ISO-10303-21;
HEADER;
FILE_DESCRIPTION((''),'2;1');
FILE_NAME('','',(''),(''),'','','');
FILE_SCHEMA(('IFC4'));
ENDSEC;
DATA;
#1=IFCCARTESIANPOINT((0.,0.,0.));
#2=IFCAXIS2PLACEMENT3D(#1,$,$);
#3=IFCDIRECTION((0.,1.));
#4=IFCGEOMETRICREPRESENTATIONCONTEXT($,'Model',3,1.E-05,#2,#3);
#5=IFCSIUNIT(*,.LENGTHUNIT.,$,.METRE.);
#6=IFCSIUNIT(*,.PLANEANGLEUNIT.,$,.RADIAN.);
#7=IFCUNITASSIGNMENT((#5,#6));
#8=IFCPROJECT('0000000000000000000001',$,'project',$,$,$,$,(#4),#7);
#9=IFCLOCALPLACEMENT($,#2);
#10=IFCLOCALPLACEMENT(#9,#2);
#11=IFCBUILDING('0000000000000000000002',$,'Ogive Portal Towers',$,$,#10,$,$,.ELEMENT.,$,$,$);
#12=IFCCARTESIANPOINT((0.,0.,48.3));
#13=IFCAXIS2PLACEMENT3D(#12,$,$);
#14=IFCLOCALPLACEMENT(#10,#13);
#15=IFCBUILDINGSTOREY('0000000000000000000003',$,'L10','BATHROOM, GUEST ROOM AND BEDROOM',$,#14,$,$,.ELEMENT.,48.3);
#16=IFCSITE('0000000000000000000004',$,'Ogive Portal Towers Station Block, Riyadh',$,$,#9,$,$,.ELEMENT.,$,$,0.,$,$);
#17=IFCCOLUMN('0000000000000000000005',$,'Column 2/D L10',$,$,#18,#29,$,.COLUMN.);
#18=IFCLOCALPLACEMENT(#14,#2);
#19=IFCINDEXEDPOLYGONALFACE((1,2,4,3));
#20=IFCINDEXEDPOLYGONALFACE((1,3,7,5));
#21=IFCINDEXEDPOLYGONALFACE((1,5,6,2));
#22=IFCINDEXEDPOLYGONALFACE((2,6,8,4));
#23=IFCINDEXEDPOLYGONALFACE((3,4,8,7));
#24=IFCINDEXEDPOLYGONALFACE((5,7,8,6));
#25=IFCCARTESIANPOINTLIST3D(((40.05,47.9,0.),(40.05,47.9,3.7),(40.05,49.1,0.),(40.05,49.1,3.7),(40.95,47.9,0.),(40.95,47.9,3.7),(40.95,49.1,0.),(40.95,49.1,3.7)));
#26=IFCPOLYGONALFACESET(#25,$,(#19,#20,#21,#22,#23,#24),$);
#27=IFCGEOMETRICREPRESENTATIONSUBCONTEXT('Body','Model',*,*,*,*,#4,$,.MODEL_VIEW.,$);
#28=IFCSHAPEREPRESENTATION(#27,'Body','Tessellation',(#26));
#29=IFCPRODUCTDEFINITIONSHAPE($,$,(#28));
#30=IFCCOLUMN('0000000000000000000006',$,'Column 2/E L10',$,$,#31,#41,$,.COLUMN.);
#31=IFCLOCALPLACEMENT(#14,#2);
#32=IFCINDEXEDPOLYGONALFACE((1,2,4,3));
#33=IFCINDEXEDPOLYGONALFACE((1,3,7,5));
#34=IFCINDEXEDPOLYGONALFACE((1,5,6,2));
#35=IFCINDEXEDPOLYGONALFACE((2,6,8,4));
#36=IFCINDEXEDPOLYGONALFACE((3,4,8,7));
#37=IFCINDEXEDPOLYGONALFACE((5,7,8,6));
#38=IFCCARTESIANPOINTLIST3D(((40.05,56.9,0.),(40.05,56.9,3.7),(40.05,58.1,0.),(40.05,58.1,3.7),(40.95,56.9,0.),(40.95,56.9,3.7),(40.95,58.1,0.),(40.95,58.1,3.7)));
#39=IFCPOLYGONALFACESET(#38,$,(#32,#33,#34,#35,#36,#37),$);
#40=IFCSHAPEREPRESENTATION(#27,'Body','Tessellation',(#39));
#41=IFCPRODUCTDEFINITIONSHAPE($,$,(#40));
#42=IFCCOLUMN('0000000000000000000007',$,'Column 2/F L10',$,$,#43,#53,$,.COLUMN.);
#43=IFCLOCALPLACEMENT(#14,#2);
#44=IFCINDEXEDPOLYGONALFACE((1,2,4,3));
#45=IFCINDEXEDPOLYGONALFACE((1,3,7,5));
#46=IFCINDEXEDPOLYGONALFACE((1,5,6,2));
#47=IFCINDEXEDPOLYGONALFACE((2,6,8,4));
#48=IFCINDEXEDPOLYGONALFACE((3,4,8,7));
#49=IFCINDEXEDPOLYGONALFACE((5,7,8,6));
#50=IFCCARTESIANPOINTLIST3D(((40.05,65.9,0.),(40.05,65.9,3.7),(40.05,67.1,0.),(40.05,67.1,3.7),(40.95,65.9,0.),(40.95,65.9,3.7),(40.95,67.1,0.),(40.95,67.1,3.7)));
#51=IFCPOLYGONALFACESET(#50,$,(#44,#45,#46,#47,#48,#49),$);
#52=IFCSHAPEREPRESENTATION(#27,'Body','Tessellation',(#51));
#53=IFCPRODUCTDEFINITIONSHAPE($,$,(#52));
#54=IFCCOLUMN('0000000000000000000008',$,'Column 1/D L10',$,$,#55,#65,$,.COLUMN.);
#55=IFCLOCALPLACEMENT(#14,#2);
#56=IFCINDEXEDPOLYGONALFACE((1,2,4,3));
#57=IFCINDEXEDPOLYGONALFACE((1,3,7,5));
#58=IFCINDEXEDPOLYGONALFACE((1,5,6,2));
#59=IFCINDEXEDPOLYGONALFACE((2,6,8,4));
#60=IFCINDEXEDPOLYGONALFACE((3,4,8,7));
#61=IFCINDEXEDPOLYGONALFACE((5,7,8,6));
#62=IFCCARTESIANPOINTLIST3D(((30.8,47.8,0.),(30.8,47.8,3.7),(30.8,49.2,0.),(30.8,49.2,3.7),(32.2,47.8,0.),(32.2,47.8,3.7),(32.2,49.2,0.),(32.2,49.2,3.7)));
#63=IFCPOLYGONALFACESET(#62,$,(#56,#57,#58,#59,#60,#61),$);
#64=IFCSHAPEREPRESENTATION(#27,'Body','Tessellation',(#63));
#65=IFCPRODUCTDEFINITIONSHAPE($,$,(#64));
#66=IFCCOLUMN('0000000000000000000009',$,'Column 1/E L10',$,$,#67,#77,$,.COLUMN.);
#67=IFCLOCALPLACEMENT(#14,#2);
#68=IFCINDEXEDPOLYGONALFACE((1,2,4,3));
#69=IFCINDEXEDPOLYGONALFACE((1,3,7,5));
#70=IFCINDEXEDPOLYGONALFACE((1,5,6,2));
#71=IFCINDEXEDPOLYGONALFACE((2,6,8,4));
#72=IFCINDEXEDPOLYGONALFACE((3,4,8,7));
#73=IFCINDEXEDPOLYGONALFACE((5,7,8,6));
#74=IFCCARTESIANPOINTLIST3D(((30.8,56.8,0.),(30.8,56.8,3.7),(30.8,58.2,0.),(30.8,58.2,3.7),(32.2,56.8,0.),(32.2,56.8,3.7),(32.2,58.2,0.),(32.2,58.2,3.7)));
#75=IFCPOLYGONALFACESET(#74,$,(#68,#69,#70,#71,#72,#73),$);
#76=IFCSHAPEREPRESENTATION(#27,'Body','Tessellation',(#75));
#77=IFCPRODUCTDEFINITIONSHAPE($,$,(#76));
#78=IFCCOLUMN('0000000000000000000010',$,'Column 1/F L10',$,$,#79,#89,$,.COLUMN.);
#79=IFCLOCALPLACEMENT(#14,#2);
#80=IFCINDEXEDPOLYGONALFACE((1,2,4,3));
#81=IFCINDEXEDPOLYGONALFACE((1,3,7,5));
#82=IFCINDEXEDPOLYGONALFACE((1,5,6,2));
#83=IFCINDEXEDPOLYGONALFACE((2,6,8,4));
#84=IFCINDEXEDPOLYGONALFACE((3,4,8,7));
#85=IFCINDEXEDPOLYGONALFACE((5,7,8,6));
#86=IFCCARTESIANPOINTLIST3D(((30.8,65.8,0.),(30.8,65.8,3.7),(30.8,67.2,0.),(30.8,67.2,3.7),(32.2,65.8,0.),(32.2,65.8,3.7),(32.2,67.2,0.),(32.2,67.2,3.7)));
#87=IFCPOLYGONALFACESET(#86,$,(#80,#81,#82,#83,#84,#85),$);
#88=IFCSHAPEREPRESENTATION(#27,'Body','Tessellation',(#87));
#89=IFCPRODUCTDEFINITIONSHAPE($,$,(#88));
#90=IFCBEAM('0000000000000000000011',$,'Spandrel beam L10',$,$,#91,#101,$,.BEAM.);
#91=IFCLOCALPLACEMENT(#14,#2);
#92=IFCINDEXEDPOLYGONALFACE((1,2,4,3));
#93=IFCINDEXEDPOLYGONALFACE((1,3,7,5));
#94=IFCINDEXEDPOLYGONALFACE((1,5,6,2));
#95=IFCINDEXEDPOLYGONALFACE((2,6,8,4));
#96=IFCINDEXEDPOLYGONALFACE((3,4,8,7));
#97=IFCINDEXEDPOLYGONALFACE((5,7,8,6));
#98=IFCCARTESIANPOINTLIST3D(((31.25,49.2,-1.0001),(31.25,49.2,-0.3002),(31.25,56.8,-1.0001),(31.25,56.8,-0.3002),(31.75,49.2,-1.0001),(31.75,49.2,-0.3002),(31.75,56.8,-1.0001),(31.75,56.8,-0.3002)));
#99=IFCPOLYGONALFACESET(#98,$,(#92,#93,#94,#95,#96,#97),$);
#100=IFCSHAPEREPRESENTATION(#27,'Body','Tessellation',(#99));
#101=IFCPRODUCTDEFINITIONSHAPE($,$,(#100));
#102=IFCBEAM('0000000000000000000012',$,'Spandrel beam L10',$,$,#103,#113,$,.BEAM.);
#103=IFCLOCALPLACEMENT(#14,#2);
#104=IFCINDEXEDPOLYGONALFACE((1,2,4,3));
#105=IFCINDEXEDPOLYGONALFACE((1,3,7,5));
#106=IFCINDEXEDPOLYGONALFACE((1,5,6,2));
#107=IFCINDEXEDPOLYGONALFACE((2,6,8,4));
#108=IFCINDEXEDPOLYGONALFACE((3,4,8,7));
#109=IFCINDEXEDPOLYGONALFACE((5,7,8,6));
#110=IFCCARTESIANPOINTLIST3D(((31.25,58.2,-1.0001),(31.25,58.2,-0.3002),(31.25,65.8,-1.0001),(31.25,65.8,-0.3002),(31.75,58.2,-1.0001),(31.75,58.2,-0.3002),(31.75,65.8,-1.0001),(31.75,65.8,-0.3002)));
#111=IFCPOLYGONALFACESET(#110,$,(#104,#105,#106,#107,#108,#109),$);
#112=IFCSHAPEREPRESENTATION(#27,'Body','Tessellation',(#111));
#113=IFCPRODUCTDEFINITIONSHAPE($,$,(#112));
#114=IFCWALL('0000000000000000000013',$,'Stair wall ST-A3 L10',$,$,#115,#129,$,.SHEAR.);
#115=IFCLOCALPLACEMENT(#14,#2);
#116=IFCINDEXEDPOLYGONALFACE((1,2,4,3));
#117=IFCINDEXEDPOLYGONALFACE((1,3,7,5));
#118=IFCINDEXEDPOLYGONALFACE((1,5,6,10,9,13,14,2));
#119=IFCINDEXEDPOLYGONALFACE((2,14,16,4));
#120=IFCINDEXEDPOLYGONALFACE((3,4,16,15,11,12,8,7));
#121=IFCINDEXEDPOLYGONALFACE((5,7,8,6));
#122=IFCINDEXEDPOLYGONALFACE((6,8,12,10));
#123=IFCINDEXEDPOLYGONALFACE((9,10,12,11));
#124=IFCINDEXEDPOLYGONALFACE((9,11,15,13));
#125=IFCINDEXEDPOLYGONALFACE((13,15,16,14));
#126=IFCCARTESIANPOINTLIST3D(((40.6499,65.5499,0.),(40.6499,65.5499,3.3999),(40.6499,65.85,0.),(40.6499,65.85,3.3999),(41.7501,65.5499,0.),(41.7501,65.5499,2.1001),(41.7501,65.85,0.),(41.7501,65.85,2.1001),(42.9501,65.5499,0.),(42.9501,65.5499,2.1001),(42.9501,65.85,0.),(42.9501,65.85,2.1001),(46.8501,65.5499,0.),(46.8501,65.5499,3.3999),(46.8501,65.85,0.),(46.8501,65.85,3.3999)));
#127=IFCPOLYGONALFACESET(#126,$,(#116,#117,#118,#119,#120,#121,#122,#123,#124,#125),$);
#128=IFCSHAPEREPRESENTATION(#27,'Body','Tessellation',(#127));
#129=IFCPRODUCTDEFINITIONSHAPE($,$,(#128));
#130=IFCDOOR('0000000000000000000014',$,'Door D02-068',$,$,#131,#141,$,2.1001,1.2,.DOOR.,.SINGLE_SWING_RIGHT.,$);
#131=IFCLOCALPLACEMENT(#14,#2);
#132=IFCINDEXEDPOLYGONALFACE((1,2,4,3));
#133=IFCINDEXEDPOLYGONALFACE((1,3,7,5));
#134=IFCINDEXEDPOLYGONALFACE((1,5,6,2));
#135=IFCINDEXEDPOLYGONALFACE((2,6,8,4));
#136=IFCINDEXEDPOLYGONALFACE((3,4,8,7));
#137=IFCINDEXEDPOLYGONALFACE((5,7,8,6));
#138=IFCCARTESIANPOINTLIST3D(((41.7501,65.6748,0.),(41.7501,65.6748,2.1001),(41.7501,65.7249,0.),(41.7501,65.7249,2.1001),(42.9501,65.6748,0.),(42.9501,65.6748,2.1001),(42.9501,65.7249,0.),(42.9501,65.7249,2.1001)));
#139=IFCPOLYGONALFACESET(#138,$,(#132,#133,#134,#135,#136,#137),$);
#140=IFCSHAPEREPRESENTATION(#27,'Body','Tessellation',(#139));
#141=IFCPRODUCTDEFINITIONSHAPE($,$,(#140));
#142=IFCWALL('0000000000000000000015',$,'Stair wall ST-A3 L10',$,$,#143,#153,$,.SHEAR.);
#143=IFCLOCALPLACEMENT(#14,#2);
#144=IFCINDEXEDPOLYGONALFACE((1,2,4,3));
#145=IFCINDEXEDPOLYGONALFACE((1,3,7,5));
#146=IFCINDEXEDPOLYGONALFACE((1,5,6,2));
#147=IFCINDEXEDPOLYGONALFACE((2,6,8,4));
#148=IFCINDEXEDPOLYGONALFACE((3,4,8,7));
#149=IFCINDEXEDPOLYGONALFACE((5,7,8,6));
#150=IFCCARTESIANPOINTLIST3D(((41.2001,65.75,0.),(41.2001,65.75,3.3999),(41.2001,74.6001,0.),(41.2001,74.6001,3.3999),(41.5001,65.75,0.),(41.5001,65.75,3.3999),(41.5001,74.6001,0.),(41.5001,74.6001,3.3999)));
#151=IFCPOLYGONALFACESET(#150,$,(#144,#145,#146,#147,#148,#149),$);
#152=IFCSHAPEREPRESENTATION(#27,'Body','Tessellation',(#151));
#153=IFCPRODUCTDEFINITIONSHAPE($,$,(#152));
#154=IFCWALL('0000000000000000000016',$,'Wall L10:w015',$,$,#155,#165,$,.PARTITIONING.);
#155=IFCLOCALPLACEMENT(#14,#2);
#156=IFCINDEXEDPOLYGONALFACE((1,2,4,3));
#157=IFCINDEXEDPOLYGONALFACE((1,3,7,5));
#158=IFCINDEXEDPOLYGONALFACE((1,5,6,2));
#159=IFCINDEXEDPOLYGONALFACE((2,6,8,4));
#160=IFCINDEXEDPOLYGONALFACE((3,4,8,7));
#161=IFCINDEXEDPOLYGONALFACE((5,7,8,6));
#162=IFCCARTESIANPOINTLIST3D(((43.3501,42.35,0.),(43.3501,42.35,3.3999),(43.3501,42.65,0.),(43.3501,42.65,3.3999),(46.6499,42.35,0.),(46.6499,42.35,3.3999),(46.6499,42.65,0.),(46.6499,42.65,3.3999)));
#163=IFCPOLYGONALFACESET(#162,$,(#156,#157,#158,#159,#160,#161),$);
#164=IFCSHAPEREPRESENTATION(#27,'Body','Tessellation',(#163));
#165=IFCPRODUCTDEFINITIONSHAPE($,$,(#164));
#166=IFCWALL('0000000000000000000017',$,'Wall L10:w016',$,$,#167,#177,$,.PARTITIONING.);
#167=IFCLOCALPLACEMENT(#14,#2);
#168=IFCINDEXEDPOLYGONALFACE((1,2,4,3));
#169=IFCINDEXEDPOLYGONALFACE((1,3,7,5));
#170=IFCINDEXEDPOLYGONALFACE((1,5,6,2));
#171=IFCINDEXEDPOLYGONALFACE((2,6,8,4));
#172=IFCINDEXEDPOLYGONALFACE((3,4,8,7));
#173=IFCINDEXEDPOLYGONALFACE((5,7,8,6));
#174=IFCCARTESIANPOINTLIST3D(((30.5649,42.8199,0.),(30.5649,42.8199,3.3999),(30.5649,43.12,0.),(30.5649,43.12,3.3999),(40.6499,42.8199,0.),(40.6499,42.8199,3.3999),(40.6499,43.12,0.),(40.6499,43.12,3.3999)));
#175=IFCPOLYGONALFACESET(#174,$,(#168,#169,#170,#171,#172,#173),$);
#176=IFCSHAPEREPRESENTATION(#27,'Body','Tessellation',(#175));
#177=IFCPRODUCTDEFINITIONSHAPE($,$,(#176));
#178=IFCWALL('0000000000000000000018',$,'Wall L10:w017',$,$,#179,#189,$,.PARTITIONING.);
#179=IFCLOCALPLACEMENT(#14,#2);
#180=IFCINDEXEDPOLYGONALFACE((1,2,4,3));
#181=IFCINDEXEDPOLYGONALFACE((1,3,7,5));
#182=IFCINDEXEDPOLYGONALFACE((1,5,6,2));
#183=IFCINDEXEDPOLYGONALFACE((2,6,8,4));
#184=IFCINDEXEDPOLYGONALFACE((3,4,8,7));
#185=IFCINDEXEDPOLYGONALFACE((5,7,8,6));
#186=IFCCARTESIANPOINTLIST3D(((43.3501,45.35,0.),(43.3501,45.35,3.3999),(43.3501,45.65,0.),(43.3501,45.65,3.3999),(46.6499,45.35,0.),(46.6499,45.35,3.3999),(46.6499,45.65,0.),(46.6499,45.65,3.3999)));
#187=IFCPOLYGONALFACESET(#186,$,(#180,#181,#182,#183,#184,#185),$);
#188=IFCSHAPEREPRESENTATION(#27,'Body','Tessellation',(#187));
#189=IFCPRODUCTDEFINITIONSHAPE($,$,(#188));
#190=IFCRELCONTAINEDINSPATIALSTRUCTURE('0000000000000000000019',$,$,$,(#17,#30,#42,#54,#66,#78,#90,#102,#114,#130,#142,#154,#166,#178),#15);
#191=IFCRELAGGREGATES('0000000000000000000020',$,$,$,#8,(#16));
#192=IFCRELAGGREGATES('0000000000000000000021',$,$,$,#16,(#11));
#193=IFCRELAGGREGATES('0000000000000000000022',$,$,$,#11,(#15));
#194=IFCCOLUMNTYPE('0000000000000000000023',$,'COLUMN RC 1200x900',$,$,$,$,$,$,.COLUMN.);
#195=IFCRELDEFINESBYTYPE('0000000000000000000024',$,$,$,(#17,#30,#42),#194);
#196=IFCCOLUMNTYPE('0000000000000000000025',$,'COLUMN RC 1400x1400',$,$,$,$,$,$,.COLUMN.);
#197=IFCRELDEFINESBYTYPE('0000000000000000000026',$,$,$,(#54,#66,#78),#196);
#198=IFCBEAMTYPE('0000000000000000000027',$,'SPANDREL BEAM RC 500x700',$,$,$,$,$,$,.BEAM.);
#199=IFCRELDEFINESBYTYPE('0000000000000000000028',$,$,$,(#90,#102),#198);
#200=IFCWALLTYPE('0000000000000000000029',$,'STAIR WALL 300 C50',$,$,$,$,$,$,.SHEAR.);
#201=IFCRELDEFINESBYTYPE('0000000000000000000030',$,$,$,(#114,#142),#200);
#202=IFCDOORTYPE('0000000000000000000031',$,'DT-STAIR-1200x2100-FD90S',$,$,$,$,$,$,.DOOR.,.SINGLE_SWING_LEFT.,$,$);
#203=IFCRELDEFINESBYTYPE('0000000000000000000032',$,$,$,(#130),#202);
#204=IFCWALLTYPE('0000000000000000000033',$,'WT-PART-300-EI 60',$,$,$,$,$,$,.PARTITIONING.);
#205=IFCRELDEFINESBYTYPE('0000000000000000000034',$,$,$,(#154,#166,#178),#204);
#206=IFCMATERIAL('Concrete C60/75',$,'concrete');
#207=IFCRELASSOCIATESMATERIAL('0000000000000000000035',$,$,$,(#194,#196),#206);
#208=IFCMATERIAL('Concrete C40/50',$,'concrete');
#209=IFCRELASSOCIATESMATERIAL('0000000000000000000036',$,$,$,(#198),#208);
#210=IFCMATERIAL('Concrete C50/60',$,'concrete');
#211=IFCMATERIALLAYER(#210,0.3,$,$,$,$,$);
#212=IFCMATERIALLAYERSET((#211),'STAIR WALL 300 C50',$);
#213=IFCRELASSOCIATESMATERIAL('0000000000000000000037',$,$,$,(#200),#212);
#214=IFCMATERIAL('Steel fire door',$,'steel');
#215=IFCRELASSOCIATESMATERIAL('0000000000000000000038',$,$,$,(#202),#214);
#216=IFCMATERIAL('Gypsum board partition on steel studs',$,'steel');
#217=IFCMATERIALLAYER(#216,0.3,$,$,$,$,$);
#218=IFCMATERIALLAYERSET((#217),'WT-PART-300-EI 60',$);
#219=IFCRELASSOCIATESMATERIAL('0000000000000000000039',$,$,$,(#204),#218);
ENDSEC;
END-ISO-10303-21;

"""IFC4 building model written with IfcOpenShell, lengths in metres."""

from ifc_helpers import new_model, si_unit, direction, frame, frame_2d, origin, origin_2d, place, context, subcontext, project, spatial, rectangle, extrude, material, layer, layer_set, material_profile, profile_set, type_object, element, fill, save


model = new_model("IFC4")

# Units and contexts
model_context = context("Model", 3, precision=1e-05, world=origin(), true_north=direction((0.0, 1.0)))
body_context = subcontext(model_context, "Body", "Model", "MODEL_VIEW")
ifc_project = project(units=[si_unit("LENGTHUNIT", "METRE"), si_unit("PLANEANGLEUNIT", "RADIAN")], contexts=[model_context])

# Site, building, storey
site_placement = place(None, origin())
site = spatial("IfcSite", under=ifc_project, at=site_placement, Name="Ogive Portal Towers Station Block, Riyadh", CompositionType="ELEMENT", RefElevation=0.0)
building_placement = place(site_placement, origin())
building = spatial("IfcBuilding", under=site, at=building_placement, Name="Ogive Portal Towers", CompositionType="ELEMENT")
storey_placement = place(building_placement, frame((0.0, 0.0, 48.3)))
storey = spatial("IfcBuildingStorey", under=building, at=storey_placement, Name="L10", Description="BATHROOM, GUEST ROOM AND BEDROOM", CompositionType="ELEMENT", Elevation=48.3)

# Columns
ifc_material_1 = material(Name="Concrete C60/75", Category="concrete")
ifc_material_profile_1 = material_profile(ifc_material_1, rectangle(XDim=1.2, YDim=0.8999, at=origin_2d()), Name="RC 1200x900")
ifc_profile_set_1 = profile_set([ifc_material_profile_1], Name="Concrete C60/75")
column_type_1 = type_object("IfcColumnType", Name="COLUMN RC 1200x900", PredefinedType="COLUMN", material=ifc_profile_set_1)
for number, where, z_axis, x_axis, name in (
    (1, (40.5, 48.5, 0.0), (0.0, 0.0, 1.0), (0.0, 1.0, 0.0), "Column 2/D L10"),
    (2, (40.5, 57.5, 0.0), (0.0, 0.0, 1.0), (0.0, 1.0, 0.0), "Column 2/E L10"),
    (3, (40.5, 66.5, 0.0), (0.0, 0.0, 1.0), (0.0, 1.0, 0.0), "Column 2/F L10"),
):
    element("IfcColumn", number, at=place(storey_placement, frame(where, z_axis=z_axis, x_axis=x_axis)), inside=storey, type_object=column_type_1, Name=name, PredefinedType="COLUMN", context=body_context, shape_type="SweptSolid", body=[
        extrude(rectangle(XDim=1.2, YDim=0.8999, at=origin_2d()), origin(), (0.0, 0.0, 1.0), 3.7),
    ])
ifc_material_profile_2 = material_profile(ifc_material_1, rectangle(XDim=1.3999, YDim=1.3999, at=origin_2d()), Name="RC 1400x1400")
ifc_profile_set_2 = profile_set([ifc_material_profile_2], Name="Concrete C60/75")
column_type_2 = type_object("IfcColumnType", Name="COLUMN RC 1400x1400", PredefinedType="COLUMN", material=ifc_profile_set_2)
for number, where, z_axis, x_axis, name in (
    (4, (31.5, 48.5, 0.0), (0.0, 0.0, 1.0), (1.0, 0.0, 0.0), "Column 1/D L10"),
    (5, (31.5, 57.5, 0.0), (0.0, 0.0, 1.0), (1.0, 0.0, 0.0), "Column 1/E L10"),
    (6, (31.5, 66.5, 0.0), (0.0, 0.0, 1.0), (1.0, 0.0, 0.0), "Column 1/F L10"),
):
    element("IfcColumn", number, at=place(storey_placement, frame(where, z_axis=z_axis, x_axis=x_axis)), inside=storey, type_object=column_type_2, Name=name, PredefinedType="COLUMN", context=body_context, shape_type="SweptSolid", body=[
        extrude(rectangle(XDim=1.3999, YDim=1.3999, at=origin_2d()), origin(), (0.0, 0.0, 1.0), 3.7),
    ])

# Beams
ifc_material_2 = material(Name="Concrete C40/50", Category="concrete")
ifc_material_profile_3 = material_profile(ifc_material_2, rectangle(XDim=0.5, YDim=0.7, at=origin_2d()), Name="RC 500x700")
ifc_profile_set_3 = profile_set([ifc_material_profile_3], Name="Concrete C40/50")
beam_type = type_object("IfcBeamType", Name="SPANDREL BEAM RC 500x700", PredefinedType="BEAM", material=ifc_profile_set_3)
for number, where, z_axis, x_axis, name in (
    (7, (31.5, 49.2, -0.6501), (0.0, 1.0, 0.0), (-1.0, 0.0, 0.0), "Spandrel beam L10"),
    (8, (31.5, 58.2, -0.6501), (0.0, 1.0, 0.0), (-1.0, 0.0, 0.0), "Spandrel beam L10"),
):
    element("IfcBeam", number, at=place(storey_placement, frame(where, z_axis=z_axis, x_axis=x_axis)), inside=storey, type_object=beam_type, Name=name, PredefinedType="BEAM", context=body_context, shape_type="SweptSolid", body=[
        extrude(rectangle(XDim=0.5, YDim=0.7, at=origin_2d()), origin(), (0.0, 0.0, 1.0), 7.6001),
    ])

# Wall, opening, door
ifc_material_3 = material(Name="Concrete C50/60", Category="concrete")
ifc_layer_1 = layer(ifc_material_3, 0.3)
ifc_layer_set_1 = layer_set([ifc_layer_1], Name="STAIR WALL 300 C50")
wall_type_1 = type_object("IfcWallType", Name="STAIR WALL 300 C50", PredefinedType="SHEAR", material=ifc_layer_set_1)
wall_1_placement = place(storey_placement, frame((40.6499, 65.7, 0.0), z_axis=(0.0, 0.0, 1.0), x_axis=(1.0, 0.0, 0.0)))
wall_1 = element("IfcWall", 9, at=wall_1_placement, inside=storey, type_object=wall_type_1, Name="Stair wall ST-A3 L10", PredefinedType="SHEAR", context=body_context, shape_type="SweptSolid", body=[
    extrude(rectangle(XDim=6.2002, YDim=0.3, at=frame_2d((3.1001, 0.0))), origin(), (0.0, 0.0, 1.0), 3.3999),
])
opening_1_placement = place(wall_1_placement, frame((1.1001, 0.0, 0.0)))
opening_1 = element("IfcOpeningElement", 10, at=opening_1_placement, cuts=wall_1, PredefinedType="OPENING", context=body_context, shape_type="SweptSolid", body=[
    extrude(rectangle(XDim=1.2, YDim=2.1001, at=frame_2d((0.6001, 1.05))), frame((0.0, 0.1602, 0.0), z_axis=(0.0, -1.0, 0.0), x_axis=(1.0, 0.0, 0.0)), (0.0, 0.0, 1.0), 0.3201),
])
ifc_material_4 = material(Name="Steel fire door", Category="steel")
door_type_1 = type_object("IfcDoorType", Name="DT-STAIR-1200x2100-FD90S", OperationType="SINGLE_SWING_LEFT", PredefinedType="DOOR", material=ifc_material_4)
door_1_placement = place(opening_1_placement, origin())
door_1 = element("IfcDoor", 11, at=door_1_placement, inside=storey, type_object=door_type_1, Name="Door D02-068", OperationType="SINGLE_SWING_RIGHT", OverallHeight=2.1001, OverallWidth=1.2, PredefinedType="DOOR", context=body_context, shape_type="SweptSolid", body=[
    extrude(rectangle(XDim=1.2, YDim=2.1001, at=frame_2d((0.6001, 1.05))), frame((0.0, 0.0249, 0.0), z_axis=(0.0, -1.0, 0.0), x_axis=(1.0, 0.0, 0.0)), (0.0, 0.0, 1.0), 0.05),
])
fill(opening_1, door_1)

# Walls
wall_2_placement = place(storey_placement, frame((41.3501, 65.75, 0.0), z_axis=(0.0, 0.0, 1.0), x_axis=(0.0, 1.0, 0.0)))
element("IfcWall", 12, at=wall_2_placement, inside=storey, type_object=wall_type_1, Name="Stair wall ST-A3 L10", PredefinedType="SHEAR", context=body_context, shape_type="SweptSolid", body=[
    extrude(rectangle(XDim=8.8501, YDim=0.3, at=frame_2d((4.425, 0.0))), origin(), (0.0, 0.0, 1.0), 3.3999),
])
ifc_material_5 = material(Name="Gypsum board partition on steel studs", Category="steel")
ifc_layer_2 = layer(ifc_material_5, 0.3)
ifc_layer_set_2 = layer_set([ifc_layer_2], Name="WT-PART-300-EI 60")
wall_type_2 = type_object("IfcWallType", Name="WT-PART-300-EI 60", PredefinedType="PARTITIONING", material=ifc_layer_set_2)
wall_3_placement = place(storey_placement, frame((43.3501, 42.5, 0.0), z_axis=(0.0, 0.0, 1.0), x_axis=(1.0, 0.0, 0.0)))
element("IfcWall", 13, at=wall_3_placement, inside=storey, type_object=wall_type_2, Name="Wall L10:w015", PredefinedType="PARTITIONING", context=body_context, shape_type="SweptSolid", body=[
    extrude(rectangle(XDim=3.2998, YDim=0.3, at=frame_2d((1.6499, 0.0))), origin(), (0.0, 0.0, 1.0), 3.3999),
])
wall_4_placement = place(storey_placement, frame((30.5649, 42.97, 0.0), z_axis=(0.0, 0.0, 1.0), x_axis=(1.0, 0.0, 0.0)))
element("IfcWall", 14, at=wall_4_placement, inside=storey, type_object=wall_type_2, Name="Wall L10:w016", PredefinedType="PARTITIONING", context=body_context, shape_type="SweptSolid", body=[
    extrude(rectangle(XDim=10.085, YDim=0.3, at=frame_2d((5.0425, 0.0))), origin(), (0.0, 0.0, 1.0), 3.3999),
])
wall_5_placement = place(storey_placement, frame((43.3501, 45.5, 0.0), z_axis=(0.0, 0.0, 1.0), x_axis=(1.0, 0.0, 0.0)))
element("IfcWall", 15, at=wall_5_placement, inside=storey, type_object=wall_type_2, Name="Wall L10:w017", PredefinedType="PARTITIONING", context=body_context, shape_type="SweptSolid", body=[
    extrude(rectangle(XDim=3.2998, YDim=0.3, at=frame_2d((1.6499, 0.0))), origin(), (0.0, 0.0, 1.0), 3.3999),
])

save(model, "model.ifc")
